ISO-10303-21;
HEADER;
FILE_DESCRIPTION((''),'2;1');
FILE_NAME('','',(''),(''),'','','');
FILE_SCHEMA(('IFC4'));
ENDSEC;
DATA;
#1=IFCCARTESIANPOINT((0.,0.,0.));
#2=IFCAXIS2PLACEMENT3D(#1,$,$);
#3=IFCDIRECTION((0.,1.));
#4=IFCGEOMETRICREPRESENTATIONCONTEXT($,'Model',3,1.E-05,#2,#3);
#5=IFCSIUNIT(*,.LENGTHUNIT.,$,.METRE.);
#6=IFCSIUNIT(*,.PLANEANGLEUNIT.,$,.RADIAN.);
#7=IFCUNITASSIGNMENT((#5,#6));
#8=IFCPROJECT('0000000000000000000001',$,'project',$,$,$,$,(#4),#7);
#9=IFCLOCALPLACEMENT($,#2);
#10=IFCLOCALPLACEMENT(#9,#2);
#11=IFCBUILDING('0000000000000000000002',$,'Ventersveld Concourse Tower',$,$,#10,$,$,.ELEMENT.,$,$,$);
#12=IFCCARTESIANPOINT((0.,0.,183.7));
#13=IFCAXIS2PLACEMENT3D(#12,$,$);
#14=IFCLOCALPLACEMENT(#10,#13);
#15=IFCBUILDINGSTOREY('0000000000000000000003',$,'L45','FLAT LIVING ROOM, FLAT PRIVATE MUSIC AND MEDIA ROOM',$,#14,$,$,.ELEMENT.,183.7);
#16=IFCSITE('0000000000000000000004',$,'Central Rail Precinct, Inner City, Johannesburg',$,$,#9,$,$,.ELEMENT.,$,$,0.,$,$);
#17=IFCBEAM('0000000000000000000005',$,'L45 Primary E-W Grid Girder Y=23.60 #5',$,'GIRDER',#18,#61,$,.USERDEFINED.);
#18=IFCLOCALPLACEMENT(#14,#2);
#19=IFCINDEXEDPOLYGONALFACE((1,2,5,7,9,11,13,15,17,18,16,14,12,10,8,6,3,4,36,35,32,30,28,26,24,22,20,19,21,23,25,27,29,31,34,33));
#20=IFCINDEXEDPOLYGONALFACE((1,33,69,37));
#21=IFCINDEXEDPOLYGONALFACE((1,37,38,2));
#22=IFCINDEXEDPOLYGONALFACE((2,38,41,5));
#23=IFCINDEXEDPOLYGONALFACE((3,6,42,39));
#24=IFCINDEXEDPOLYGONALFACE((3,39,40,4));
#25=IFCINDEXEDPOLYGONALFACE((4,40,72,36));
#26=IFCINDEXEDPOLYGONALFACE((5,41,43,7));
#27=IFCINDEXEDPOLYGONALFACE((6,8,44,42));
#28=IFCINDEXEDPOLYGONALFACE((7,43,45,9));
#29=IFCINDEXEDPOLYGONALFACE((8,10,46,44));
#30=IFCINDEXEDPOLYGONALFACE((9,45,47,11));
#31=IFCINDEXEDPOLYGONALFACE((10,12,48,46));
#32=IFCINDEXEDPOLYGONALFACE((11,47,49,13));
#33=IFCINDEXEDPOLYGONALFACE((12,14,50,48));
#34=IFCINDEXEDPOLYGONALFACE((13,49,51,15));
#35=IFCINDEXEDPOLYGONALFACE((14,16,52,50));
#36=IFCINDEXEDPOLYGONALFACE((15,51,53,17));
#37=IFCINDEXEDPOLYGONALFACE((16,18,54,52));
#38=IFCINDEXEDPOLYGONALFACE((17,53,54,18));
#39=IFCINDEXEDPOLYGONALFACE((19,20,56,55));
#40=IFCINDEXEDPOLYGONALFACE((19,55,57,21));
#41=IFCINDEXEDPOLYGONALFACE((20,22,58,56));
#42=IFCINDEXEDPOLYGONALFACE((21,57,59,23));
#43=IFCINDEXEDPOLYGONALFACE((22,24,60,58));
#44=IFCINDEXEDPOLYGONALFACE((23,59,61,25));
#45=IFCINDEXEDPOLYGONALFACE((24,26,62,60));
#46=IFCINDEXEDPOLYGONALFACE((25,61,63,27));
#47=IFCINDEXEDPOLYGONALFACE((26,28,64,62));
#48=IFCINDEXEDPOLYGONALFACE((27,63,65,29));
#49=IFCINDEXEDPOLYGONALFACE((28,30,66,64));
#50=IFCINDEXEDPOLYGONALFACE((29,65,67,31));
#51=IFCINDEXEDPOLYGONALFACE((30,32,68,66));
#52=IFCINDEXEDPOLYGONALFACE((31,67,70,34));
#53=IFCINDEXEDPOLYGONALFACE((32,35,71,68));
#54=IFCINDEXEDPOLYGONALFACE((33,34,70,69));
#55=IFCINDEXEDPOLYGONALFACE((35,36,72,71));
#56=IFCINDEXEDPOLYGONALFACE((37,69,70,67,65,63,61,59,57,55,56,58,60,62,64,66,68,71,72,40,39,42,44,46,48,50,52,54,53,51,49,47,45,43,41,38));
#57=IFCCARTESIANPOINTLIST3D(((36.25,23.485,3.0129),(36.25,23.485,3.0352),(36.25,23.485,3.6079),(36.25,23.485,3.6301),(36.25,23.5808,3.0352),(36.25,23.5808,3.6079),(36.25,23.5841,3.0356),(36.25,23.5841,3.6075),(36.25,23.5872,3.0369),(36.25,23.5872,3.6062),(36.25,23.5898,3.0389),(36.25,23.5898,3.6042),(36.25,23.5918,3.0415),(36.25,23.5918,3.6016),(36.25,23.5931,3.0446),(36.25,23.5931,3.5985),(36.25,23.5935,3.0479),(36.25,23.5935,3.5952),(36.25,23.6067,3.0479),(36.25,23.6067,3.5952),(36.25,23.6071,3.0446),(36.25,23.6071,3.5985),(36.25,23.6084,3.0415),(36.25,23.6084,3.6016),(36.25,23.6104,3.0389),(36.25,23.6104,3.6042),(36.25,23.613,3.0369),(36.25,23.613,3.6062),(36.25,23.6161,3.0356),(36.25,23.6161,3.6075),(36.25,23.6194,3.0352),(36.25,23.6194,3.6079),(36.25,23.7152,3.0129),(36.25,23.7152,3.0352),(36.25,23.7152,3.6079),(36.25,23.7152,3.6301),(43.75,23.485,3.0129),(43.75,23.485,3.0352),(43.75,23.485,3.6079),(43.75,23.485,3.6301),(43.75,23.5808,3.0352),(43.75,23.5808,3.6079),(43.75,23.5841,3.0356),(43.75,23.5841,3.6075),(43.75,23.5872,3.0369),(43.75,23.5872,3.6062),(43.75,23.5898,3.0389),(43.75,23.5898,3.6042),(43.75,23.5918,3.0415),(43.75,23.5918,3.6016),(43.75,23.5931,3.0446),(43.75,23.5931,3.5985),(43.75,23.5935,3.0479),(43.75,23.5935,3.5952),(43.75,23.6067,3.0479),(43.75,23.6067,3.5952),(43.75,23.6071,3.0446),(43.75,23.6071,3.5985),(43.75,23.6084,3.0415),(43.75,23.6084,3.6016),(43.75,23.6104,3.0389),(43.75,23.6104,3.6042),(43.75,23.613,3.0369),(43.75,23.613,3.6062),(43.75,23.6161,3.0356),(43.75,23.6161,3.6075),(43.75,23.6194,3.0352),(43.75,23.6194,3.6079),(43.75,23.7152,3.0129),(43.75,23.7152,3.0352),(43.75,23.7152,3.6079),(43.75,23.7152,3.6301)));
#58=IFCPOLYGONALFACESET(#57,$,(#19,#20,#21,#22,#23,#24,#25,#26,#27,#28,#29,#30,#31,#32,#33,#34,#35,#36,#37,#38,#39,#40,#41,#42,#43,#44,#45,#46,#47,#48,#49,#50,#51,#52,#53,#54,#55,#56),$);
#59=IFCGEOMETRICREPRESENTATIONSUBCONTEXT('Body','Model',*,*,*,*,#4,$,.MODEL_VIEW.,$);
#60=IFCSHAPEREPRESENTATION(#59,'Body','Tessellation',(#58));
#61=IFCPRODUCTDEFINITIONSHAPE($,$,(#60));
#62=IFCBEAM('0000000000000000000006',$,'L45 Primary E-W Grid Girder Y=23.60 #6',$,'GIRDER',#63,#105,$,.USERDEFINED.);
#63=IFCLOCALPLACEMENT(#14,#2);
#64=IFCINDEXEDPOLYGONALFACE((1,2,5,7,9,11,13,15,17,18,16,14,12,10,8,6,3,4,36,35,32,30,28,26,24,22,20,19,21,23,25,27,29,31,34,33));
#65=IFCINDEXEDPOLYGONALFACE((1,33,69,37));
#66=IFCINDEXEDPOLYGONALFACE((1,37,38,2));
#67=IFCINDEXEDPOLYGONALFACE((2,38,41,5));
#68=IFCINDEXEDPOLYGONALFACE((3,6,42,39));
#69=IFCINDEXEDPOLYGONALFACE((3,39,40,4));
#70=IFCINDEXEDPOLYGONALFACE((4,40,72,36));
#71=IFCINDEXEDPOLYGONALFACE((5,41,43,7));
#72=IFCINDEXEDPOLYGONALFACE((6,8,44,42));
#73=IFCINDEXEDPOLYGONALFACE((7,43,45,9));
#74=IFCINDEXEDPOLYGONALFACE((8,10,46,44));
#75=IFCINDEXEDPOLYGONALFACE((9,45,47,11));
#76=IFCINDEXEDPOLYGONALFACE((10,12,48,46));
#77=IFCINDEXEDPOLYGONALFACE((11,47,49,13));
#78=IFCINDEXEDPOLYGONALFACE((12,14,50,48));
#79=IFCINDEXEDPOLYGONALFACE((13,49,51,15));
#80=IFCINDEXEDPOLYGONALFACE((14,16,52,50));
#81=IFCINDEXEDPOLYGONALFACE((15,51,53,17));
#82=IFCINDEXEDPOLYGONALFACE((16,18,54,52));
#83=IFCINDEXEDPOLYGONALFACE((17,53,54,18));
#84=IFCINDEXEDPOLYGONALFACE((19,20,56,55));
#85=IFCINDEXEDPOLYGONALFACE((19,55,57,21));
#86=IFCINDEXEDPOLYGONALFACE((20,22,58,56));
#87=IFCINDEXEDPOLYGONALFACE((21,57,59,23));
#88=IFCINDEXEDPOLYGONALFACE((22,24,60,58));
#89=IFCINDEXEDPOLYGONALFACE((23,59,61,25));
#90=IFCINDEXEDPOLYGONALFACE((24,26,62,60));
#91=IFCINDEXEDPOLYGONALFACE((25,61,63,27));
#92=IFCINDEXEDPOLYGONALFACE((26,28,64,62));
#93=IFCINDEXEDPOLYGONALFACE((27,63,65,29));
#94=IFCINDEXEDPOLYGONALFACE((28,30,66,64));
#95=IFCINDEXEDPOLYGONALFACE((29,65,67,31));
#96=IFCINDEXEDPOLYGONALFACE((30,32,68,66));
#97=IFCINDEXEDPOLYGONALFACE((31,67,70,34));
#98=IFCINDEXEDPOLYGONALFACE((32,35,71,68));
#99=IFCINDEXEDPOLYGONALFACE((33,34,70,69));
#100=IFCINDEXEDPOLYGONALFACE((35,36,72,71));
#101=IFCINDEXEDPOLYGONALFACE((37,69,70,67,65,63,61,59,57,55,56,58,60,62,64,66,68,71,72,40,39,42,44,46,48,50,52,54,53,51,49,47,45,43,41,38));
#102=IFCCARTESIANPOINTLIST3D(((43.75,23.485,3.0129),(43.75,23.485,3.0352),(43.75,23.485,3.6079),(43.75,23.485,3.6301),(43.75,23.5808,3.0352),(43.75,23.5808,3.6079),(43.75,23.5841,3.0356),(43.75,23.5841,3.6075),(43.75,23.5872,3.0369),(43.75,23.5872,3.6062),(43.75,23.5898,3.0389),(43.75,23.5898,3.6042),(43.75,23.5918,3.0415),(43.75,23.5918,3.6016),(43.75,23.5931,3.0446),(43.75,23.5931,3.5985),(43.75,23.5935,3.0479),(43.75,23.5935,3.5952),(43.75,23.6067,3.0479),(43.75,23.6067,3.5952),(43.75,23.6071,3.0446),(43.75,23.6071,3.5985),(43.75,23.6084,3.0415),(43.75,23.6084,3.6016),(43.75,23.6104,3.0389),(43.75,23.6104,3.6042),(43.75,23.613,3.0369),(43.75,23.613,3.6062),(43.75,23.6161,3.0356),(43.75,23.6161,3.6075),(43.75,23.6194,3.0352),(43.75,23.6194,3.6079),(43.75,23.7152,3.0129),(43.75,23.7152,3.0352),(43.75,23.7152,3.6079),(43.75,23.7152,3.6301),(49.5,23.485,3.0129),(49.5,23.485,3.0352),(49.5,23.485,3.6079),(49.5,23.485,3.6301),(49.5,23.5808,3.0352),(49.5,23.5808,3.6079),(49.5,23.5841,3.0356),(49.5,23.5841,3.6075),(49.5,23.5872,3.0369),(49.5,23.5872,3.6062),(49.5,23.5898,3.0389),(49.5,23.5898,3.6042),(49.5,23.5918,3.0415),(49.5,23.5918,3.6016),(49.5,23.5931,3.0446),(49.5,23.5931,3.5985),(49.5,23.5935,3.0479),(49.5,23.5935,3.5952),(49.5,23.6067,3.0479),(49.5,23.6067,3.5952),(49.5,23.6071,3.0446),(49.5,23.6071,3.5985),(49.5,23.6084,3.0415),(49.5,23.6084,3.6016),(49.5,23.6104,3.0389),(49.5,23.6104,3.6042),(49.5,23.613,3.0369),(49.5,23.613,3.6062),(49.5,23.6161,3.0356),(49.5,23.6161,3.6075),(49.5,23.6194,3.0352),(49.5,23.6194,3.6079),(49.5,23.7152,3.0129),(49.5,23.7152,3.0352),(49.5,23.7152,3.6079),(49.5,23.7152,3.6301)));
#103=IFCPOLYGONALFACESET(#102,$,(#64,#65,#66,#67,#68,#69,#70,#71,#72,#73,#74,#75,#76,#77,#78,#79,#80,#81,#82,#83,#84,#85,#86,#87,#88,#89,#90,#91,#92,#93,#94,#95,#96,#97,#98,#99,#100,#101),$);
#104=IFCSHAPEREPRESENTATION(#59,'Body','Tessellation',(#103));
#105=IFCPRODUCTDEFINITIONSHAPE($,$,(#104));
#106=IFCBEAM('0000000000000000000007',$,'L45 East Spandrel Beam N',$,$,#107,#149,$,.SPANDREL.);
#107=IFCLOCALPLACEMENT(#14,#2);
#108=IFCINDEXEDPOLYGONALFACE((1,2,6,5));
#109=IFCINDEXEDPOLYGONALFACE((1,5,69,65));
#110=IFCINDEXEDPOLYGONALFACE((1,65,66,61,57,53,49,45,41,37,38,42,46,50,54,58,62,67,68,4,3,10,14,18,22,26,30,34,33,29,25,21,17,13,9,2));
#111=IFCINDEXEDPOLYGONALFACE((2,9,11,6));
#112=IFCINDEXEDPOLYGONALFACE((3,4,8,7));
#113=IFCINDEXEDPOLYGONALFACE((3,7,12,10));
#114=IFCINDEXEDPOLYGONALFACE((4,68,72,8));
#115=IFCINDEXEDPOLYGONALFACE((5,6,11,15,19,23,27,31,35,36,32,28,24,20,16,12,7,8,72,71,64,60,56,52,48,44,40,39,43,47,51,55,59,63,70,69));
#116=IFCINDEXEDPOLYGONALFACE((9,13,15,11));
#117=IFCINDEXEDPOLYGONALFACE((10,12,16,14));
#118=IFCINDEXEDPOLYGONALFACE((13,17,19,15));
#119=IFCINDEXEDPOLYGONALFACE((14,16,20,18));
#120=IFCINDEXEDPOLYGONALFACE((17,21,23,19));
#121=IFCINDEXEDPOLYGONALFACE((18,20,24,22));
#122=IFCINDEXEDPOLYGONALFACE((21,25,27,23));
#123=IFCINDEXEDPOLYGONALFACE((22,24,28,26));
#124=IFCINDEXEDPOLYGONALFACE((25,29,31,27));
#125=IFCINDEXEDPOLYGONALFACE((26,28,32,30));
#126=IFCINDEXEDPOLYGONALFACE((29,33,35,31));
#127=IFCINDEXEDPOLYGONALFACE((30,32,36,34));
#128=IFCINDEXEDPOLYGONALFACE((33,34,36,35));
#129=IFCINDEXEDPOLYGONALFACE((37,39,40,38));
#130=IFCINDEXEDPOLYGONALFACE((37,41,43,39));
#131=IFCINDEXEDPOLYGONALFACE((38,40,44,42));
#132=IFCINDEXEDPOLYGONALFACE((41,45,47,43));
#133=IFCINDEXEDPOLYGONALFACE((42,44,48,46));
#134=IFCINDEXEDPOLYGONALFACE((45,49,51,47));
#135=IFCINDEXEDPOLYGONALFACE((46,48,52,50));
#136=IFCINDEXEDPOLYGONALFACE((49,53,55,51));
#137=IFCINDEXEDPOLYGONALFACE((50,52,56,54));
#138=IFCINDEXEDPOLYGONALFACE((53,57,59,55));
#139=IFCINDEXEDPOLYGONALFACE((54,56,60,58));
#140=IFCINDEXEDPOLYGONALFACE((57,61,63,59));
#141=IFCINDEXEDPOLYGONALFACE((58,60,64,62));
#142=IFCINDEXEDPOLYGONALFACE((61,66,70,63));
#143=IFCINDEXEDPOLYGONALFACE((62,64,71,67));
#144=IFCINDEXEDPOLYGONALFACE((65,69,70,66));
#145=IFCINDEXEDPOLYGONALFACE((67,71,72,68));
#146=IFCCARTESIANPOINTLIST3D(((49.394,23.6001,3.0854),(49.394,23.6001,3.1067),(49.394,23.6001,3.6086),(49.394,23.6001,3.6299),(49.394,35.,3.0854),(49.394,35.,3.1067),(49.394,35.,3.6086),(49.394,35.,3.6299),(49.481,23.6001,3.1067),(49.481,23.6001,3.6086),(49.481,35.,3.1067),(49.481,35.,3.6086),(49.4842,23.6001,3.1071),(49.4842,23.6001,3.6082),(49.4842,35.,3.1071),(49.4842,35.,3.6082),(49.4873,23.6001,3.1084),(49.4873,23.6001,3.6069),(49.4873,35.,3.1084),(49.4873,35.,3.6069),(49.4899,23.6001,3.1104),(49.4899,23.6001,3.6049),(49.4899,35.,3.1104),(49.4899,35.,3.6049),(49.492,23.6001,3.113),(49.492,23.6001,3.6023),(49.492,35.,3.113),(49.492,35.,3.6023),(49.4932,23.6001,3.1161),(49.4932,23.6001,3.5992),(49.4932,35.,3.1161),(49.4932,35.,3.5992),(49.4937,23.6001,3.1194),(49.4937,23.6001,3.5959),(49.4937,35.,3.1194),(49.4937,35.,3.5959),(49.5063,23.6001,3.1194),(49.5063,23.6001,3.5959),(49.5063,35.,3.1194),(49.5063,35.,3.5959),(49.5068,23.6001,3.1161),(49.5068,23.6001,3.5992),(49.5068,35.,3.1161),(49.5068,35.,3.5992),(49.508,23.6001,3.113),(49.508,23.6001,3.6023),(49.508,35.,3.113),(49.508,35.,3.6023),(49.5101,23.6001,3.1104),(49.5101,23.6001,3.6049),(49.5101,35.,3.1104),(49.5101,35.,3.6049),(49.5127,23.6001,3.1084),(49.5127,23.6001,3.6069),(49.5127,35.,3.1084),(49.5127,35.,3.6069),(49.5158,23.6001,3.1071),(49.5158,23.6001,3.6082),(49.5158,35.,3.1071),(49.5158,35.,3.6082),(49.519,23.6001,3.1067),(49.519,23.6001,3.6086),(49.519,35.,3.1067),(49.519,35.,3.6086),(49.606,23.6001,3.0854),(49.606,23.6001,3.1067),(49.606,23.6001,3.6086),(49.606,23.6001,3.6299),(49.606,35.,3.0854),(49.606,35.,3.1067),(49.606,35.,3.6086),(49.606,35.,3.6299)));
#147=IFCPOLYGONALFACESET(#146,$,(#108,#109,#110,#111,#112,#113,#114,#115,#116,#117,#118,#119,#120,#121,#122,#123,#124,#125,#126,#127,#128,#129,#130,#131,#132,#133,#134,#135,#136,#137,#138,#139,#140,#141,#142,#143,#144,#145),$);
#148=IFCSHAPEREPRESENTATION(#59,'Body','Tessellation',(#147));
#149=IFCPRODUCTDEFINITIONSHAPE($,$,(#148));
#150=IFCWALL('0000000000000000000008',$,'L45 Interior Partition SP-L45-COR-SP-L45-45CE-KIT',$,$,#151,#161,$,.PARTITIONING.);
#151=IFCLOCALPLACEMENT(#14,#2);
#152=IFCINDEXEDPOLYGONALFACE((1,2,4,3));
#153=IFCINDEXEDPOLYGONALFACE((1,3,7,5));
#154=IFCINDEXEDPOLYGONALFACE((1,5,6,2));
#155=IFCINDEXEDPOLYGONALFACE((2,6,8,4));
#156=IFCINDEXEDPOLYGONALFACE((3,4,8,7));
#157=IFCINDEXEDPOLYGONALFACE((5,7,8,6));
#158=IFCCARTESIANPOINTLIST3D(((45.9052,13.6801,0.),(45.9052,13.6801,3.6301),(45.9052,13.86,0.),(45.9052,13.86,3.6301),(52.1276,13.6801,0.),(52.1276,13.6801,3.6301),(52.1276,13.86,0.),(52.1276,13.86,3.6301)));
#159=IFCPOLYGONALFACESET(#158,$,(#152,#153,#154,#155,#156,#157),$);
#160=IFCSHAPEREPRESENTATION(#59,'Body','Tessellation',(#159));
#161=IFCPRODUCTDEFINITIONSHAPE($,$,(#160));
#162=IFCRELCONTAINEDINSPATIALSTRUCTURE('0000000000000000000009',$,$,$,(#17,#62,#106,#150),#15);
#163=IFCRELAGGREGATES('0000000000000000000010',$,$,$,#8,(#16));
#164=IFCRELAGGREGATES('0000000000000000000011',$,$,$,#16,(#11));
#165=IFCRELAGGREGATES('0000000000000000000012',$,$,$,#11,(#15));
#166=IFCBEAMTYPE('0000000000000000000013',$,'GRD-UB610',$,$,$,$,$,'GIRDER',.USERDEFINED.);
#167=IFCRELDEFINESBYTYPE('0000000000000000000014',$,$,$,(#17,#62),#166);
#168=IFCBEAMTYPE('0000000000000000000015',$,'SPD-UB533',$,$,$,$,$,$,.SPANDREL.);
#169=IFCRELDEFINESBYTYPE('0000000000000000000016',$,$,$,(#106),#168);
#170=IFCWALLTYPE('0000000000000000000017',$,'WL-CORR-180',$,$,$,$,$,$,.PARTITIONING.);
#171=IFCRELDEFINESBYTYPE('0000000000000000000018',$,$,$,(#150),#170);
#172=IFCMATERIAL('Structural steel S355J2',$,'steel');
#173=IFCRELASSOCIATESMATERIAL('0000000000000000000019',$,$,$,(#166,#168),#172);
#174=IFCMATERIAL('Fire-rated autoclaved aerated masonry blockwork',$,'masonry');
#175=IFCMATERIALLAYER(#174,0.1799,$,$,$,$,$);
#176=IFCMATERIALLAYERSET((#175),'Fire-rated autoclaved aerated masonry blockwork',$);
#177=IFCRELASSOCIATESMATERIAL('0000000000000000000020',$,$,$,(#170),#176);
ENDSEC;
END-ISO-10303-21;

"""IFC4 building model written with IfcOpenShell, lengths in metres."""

from ifc_helpers import new_model, si_unit, direction, frame, frame_2d, origin, origin_2d, place, context, subcontext, project, spatial, rectangle, i_section, extrude, material, layer, layer_set, material_profile, profile_set, type_object, element, save


model = new_model("IFC4")

# Units and contexts
model_context = context("Model", 3, precision=1e-05, world=origin(), true_north=direction((0.0, 1.0)))
body_context = subcontext(model_context, "Body", "Model", "MODEL_VIEW")
ifc_project = project(units=[si_unit("LENGTHUNIT", "METRE"), si_unit("PLANEANGLEUNIT", "RADIAN")], contexts=[model_context])

# Site, building, storey
site_placement = place(None, origin())
site = spatial("IfcSite", under=ifc_project, at=site_placement, Name="Central Rail Precinct, Inner City, Johannesburg", CompositionType="ELEMENT", RefElevation=0.0)
building_placement = place(site_placement, origin())
building = spatial("IfcBuilding", under=site, at=building_placement, Name="Ventersveld Concourse Tower", CompositionType="ELEMENT")
storey_placement = place(building_placement, frame((0.0, 0.0, 183.7)))
storey = spatial("IfcBuildingStorey", under=building, at=storey_placement, Name="L45", Description="FLAT LIVING ROOM, FLAT PRIVATE MUSIC AND MEDIA ROOM", CompositionType="ELEMENT", Elevation=183.7)

# Beams
ifc_material_1 = material(Name="Structural steel S355J2", Category="steel")
ifc_material_profile_1 = material_profile(ifc_material_1, i_section(OverallWidth=0.2302, OverallDepth=0.6172, WebThickness=0.0132, FlangeThickness=0.0222, FilletRadius=0.0127, at=origin_2d()), Name="UB 610x229x140")
ifc_profile_set_1 = profile_set([ifc_material_profile_1], Name="Structural steel S355J2")
beam_type_1 = type_object("IfcBeamType", Name="GRD-UB610", ElementType="GIRDER", PredefinedType="USERDEFINED", material=ifc_profile_set_1)
beam_1_placement = place(storey_placement, frame((36.25, 23.6001, 3.3215), z_axis=(1.0, 0.0, 0.0), x_axis=(0.0, 1.0, 0.0)))
element("IfcBeam", 1, at=beam_1_placement, inside=storey, type_object=beam_type_1, Name="L45 Primary E-W Grid Girder Y=23.60 #5", ObjectType="GIRDER", PredefinedType="USERDEFINED", context=body_context, shape_type="SweptSolid", body=[
    extrude(i_section(OverallWidth=0.2302, OverallDepth=0.6172, WebThickness=0.0132, FlangeThickness=0.0222, FilletRadius=0.0127, at=origin_2d()), origin(), (0.0, 0.0, 1.0), 7.5),
])
beam_2_placement = place(storey_placement, frame((43.75, 23.6001, 3.3215), z_axis=(1.0, 0.0, 0.0), x_axis=(0.0, 1.0, 0.0)))
element("IfcBeam", 2, at=beam_2_placement, inside=storey, type_object=beam_type_1, Name="L45 Primary E-W Grid Girder Y=23.60 #6", ObjectType="GIRDER", PredefinedType="USERDEFINED", context=body_context, shape_type="SweptSolid", body=[
    extrude(i_section(OverallWidth=0.2302, OverallDepth=0.6172, WebThickness=0.0132, FlangeThickness=0.0222, FilletRadius=0.0127, at=origin_2d()), origin(), (0.0, 0.0, 1.0), 5.75),
])
ifc_material_profile_2 = material_profile(ifc_material_1, i_section(OverallWidth=0.2119, OverallDepth=0.5444, WebThickness=0.0127, FlangeThickness=0.0212, FilletRadius=0.0127, at=origin_2d()), Name="UB 533x210x122")
ifc_profile_set_2 = profile_set([ifc_material_profile_2], Name="Structural steel S355J2")
beam_type_2 = type_object("IfcBeamType", Name="SPD-UB533", PredefinedType="SPANDREL", material=ifc_profile_set_2)
beam_3_placement = place(storey_placement, frame((49.5, 23.6001, 3.3577), z_axis=(0.0, 1.0, 0.0), x_axis=(-1.0, 0.0, 0.0)))
element("IfcBeam", 3, at=beam_3_placement, inside=storey, type_object=beam_type_2, Name="L45 East Spandrel Beam N", PredefinedType="SPANDREL", context=body_context, shape_type="SweptSolid", body=[
    extrude(i_section(OverallWidth=0.2119, OverallDepth=0.5444, WebThickness=0.0127, FlangeThickness=0.0212, FilletRadius=0.0127, at=origin_2d()), origin(), (0.0, 0.0, 1.0), 11.3999),
])

# Shared definitions
ifc_material_2 = material(Name="Fire-rated autoclaved aerated masonry blockwork", Category="masonry")
ifc_layer_1 = layer(ifc_material_2, 0.1799)
ifc_layer_set_1 = layer_set([ifc_layer_1], Name="Fire-rated autoclaved aerated masonry blockwork")
wall_type_1 = type_object("IfcWallType", Name="WL-CORR-180", PredefinedType="PARTITIONING", material=ifc_layer_set_1)

# Wall
wall_1_placement = place(storey_placement, frame((45.905, 13.77, 0.0), z_axis=(0.0, 0.0, 1.0), x_axis=(1.0, 0.0, 0.0)))
element("IfcWall", 4, at=wall_1_placement, inside=storey, type_object=wall_type_1, Name="L45 Interior Partition SP-L45-COR-SP-L45-45CE-KIT", PredefinedType="PARTITIONING", context=body_context, shape_type="SweptSolid", body=[
    extrude(rectangle(XDim=6.2224, YDim=0.1799, at=frame_2d((3.1113, 0.0))), origin(), (0.0, 0.0, 1.0), 3.6301),
])

save(model, "model.ifc")
